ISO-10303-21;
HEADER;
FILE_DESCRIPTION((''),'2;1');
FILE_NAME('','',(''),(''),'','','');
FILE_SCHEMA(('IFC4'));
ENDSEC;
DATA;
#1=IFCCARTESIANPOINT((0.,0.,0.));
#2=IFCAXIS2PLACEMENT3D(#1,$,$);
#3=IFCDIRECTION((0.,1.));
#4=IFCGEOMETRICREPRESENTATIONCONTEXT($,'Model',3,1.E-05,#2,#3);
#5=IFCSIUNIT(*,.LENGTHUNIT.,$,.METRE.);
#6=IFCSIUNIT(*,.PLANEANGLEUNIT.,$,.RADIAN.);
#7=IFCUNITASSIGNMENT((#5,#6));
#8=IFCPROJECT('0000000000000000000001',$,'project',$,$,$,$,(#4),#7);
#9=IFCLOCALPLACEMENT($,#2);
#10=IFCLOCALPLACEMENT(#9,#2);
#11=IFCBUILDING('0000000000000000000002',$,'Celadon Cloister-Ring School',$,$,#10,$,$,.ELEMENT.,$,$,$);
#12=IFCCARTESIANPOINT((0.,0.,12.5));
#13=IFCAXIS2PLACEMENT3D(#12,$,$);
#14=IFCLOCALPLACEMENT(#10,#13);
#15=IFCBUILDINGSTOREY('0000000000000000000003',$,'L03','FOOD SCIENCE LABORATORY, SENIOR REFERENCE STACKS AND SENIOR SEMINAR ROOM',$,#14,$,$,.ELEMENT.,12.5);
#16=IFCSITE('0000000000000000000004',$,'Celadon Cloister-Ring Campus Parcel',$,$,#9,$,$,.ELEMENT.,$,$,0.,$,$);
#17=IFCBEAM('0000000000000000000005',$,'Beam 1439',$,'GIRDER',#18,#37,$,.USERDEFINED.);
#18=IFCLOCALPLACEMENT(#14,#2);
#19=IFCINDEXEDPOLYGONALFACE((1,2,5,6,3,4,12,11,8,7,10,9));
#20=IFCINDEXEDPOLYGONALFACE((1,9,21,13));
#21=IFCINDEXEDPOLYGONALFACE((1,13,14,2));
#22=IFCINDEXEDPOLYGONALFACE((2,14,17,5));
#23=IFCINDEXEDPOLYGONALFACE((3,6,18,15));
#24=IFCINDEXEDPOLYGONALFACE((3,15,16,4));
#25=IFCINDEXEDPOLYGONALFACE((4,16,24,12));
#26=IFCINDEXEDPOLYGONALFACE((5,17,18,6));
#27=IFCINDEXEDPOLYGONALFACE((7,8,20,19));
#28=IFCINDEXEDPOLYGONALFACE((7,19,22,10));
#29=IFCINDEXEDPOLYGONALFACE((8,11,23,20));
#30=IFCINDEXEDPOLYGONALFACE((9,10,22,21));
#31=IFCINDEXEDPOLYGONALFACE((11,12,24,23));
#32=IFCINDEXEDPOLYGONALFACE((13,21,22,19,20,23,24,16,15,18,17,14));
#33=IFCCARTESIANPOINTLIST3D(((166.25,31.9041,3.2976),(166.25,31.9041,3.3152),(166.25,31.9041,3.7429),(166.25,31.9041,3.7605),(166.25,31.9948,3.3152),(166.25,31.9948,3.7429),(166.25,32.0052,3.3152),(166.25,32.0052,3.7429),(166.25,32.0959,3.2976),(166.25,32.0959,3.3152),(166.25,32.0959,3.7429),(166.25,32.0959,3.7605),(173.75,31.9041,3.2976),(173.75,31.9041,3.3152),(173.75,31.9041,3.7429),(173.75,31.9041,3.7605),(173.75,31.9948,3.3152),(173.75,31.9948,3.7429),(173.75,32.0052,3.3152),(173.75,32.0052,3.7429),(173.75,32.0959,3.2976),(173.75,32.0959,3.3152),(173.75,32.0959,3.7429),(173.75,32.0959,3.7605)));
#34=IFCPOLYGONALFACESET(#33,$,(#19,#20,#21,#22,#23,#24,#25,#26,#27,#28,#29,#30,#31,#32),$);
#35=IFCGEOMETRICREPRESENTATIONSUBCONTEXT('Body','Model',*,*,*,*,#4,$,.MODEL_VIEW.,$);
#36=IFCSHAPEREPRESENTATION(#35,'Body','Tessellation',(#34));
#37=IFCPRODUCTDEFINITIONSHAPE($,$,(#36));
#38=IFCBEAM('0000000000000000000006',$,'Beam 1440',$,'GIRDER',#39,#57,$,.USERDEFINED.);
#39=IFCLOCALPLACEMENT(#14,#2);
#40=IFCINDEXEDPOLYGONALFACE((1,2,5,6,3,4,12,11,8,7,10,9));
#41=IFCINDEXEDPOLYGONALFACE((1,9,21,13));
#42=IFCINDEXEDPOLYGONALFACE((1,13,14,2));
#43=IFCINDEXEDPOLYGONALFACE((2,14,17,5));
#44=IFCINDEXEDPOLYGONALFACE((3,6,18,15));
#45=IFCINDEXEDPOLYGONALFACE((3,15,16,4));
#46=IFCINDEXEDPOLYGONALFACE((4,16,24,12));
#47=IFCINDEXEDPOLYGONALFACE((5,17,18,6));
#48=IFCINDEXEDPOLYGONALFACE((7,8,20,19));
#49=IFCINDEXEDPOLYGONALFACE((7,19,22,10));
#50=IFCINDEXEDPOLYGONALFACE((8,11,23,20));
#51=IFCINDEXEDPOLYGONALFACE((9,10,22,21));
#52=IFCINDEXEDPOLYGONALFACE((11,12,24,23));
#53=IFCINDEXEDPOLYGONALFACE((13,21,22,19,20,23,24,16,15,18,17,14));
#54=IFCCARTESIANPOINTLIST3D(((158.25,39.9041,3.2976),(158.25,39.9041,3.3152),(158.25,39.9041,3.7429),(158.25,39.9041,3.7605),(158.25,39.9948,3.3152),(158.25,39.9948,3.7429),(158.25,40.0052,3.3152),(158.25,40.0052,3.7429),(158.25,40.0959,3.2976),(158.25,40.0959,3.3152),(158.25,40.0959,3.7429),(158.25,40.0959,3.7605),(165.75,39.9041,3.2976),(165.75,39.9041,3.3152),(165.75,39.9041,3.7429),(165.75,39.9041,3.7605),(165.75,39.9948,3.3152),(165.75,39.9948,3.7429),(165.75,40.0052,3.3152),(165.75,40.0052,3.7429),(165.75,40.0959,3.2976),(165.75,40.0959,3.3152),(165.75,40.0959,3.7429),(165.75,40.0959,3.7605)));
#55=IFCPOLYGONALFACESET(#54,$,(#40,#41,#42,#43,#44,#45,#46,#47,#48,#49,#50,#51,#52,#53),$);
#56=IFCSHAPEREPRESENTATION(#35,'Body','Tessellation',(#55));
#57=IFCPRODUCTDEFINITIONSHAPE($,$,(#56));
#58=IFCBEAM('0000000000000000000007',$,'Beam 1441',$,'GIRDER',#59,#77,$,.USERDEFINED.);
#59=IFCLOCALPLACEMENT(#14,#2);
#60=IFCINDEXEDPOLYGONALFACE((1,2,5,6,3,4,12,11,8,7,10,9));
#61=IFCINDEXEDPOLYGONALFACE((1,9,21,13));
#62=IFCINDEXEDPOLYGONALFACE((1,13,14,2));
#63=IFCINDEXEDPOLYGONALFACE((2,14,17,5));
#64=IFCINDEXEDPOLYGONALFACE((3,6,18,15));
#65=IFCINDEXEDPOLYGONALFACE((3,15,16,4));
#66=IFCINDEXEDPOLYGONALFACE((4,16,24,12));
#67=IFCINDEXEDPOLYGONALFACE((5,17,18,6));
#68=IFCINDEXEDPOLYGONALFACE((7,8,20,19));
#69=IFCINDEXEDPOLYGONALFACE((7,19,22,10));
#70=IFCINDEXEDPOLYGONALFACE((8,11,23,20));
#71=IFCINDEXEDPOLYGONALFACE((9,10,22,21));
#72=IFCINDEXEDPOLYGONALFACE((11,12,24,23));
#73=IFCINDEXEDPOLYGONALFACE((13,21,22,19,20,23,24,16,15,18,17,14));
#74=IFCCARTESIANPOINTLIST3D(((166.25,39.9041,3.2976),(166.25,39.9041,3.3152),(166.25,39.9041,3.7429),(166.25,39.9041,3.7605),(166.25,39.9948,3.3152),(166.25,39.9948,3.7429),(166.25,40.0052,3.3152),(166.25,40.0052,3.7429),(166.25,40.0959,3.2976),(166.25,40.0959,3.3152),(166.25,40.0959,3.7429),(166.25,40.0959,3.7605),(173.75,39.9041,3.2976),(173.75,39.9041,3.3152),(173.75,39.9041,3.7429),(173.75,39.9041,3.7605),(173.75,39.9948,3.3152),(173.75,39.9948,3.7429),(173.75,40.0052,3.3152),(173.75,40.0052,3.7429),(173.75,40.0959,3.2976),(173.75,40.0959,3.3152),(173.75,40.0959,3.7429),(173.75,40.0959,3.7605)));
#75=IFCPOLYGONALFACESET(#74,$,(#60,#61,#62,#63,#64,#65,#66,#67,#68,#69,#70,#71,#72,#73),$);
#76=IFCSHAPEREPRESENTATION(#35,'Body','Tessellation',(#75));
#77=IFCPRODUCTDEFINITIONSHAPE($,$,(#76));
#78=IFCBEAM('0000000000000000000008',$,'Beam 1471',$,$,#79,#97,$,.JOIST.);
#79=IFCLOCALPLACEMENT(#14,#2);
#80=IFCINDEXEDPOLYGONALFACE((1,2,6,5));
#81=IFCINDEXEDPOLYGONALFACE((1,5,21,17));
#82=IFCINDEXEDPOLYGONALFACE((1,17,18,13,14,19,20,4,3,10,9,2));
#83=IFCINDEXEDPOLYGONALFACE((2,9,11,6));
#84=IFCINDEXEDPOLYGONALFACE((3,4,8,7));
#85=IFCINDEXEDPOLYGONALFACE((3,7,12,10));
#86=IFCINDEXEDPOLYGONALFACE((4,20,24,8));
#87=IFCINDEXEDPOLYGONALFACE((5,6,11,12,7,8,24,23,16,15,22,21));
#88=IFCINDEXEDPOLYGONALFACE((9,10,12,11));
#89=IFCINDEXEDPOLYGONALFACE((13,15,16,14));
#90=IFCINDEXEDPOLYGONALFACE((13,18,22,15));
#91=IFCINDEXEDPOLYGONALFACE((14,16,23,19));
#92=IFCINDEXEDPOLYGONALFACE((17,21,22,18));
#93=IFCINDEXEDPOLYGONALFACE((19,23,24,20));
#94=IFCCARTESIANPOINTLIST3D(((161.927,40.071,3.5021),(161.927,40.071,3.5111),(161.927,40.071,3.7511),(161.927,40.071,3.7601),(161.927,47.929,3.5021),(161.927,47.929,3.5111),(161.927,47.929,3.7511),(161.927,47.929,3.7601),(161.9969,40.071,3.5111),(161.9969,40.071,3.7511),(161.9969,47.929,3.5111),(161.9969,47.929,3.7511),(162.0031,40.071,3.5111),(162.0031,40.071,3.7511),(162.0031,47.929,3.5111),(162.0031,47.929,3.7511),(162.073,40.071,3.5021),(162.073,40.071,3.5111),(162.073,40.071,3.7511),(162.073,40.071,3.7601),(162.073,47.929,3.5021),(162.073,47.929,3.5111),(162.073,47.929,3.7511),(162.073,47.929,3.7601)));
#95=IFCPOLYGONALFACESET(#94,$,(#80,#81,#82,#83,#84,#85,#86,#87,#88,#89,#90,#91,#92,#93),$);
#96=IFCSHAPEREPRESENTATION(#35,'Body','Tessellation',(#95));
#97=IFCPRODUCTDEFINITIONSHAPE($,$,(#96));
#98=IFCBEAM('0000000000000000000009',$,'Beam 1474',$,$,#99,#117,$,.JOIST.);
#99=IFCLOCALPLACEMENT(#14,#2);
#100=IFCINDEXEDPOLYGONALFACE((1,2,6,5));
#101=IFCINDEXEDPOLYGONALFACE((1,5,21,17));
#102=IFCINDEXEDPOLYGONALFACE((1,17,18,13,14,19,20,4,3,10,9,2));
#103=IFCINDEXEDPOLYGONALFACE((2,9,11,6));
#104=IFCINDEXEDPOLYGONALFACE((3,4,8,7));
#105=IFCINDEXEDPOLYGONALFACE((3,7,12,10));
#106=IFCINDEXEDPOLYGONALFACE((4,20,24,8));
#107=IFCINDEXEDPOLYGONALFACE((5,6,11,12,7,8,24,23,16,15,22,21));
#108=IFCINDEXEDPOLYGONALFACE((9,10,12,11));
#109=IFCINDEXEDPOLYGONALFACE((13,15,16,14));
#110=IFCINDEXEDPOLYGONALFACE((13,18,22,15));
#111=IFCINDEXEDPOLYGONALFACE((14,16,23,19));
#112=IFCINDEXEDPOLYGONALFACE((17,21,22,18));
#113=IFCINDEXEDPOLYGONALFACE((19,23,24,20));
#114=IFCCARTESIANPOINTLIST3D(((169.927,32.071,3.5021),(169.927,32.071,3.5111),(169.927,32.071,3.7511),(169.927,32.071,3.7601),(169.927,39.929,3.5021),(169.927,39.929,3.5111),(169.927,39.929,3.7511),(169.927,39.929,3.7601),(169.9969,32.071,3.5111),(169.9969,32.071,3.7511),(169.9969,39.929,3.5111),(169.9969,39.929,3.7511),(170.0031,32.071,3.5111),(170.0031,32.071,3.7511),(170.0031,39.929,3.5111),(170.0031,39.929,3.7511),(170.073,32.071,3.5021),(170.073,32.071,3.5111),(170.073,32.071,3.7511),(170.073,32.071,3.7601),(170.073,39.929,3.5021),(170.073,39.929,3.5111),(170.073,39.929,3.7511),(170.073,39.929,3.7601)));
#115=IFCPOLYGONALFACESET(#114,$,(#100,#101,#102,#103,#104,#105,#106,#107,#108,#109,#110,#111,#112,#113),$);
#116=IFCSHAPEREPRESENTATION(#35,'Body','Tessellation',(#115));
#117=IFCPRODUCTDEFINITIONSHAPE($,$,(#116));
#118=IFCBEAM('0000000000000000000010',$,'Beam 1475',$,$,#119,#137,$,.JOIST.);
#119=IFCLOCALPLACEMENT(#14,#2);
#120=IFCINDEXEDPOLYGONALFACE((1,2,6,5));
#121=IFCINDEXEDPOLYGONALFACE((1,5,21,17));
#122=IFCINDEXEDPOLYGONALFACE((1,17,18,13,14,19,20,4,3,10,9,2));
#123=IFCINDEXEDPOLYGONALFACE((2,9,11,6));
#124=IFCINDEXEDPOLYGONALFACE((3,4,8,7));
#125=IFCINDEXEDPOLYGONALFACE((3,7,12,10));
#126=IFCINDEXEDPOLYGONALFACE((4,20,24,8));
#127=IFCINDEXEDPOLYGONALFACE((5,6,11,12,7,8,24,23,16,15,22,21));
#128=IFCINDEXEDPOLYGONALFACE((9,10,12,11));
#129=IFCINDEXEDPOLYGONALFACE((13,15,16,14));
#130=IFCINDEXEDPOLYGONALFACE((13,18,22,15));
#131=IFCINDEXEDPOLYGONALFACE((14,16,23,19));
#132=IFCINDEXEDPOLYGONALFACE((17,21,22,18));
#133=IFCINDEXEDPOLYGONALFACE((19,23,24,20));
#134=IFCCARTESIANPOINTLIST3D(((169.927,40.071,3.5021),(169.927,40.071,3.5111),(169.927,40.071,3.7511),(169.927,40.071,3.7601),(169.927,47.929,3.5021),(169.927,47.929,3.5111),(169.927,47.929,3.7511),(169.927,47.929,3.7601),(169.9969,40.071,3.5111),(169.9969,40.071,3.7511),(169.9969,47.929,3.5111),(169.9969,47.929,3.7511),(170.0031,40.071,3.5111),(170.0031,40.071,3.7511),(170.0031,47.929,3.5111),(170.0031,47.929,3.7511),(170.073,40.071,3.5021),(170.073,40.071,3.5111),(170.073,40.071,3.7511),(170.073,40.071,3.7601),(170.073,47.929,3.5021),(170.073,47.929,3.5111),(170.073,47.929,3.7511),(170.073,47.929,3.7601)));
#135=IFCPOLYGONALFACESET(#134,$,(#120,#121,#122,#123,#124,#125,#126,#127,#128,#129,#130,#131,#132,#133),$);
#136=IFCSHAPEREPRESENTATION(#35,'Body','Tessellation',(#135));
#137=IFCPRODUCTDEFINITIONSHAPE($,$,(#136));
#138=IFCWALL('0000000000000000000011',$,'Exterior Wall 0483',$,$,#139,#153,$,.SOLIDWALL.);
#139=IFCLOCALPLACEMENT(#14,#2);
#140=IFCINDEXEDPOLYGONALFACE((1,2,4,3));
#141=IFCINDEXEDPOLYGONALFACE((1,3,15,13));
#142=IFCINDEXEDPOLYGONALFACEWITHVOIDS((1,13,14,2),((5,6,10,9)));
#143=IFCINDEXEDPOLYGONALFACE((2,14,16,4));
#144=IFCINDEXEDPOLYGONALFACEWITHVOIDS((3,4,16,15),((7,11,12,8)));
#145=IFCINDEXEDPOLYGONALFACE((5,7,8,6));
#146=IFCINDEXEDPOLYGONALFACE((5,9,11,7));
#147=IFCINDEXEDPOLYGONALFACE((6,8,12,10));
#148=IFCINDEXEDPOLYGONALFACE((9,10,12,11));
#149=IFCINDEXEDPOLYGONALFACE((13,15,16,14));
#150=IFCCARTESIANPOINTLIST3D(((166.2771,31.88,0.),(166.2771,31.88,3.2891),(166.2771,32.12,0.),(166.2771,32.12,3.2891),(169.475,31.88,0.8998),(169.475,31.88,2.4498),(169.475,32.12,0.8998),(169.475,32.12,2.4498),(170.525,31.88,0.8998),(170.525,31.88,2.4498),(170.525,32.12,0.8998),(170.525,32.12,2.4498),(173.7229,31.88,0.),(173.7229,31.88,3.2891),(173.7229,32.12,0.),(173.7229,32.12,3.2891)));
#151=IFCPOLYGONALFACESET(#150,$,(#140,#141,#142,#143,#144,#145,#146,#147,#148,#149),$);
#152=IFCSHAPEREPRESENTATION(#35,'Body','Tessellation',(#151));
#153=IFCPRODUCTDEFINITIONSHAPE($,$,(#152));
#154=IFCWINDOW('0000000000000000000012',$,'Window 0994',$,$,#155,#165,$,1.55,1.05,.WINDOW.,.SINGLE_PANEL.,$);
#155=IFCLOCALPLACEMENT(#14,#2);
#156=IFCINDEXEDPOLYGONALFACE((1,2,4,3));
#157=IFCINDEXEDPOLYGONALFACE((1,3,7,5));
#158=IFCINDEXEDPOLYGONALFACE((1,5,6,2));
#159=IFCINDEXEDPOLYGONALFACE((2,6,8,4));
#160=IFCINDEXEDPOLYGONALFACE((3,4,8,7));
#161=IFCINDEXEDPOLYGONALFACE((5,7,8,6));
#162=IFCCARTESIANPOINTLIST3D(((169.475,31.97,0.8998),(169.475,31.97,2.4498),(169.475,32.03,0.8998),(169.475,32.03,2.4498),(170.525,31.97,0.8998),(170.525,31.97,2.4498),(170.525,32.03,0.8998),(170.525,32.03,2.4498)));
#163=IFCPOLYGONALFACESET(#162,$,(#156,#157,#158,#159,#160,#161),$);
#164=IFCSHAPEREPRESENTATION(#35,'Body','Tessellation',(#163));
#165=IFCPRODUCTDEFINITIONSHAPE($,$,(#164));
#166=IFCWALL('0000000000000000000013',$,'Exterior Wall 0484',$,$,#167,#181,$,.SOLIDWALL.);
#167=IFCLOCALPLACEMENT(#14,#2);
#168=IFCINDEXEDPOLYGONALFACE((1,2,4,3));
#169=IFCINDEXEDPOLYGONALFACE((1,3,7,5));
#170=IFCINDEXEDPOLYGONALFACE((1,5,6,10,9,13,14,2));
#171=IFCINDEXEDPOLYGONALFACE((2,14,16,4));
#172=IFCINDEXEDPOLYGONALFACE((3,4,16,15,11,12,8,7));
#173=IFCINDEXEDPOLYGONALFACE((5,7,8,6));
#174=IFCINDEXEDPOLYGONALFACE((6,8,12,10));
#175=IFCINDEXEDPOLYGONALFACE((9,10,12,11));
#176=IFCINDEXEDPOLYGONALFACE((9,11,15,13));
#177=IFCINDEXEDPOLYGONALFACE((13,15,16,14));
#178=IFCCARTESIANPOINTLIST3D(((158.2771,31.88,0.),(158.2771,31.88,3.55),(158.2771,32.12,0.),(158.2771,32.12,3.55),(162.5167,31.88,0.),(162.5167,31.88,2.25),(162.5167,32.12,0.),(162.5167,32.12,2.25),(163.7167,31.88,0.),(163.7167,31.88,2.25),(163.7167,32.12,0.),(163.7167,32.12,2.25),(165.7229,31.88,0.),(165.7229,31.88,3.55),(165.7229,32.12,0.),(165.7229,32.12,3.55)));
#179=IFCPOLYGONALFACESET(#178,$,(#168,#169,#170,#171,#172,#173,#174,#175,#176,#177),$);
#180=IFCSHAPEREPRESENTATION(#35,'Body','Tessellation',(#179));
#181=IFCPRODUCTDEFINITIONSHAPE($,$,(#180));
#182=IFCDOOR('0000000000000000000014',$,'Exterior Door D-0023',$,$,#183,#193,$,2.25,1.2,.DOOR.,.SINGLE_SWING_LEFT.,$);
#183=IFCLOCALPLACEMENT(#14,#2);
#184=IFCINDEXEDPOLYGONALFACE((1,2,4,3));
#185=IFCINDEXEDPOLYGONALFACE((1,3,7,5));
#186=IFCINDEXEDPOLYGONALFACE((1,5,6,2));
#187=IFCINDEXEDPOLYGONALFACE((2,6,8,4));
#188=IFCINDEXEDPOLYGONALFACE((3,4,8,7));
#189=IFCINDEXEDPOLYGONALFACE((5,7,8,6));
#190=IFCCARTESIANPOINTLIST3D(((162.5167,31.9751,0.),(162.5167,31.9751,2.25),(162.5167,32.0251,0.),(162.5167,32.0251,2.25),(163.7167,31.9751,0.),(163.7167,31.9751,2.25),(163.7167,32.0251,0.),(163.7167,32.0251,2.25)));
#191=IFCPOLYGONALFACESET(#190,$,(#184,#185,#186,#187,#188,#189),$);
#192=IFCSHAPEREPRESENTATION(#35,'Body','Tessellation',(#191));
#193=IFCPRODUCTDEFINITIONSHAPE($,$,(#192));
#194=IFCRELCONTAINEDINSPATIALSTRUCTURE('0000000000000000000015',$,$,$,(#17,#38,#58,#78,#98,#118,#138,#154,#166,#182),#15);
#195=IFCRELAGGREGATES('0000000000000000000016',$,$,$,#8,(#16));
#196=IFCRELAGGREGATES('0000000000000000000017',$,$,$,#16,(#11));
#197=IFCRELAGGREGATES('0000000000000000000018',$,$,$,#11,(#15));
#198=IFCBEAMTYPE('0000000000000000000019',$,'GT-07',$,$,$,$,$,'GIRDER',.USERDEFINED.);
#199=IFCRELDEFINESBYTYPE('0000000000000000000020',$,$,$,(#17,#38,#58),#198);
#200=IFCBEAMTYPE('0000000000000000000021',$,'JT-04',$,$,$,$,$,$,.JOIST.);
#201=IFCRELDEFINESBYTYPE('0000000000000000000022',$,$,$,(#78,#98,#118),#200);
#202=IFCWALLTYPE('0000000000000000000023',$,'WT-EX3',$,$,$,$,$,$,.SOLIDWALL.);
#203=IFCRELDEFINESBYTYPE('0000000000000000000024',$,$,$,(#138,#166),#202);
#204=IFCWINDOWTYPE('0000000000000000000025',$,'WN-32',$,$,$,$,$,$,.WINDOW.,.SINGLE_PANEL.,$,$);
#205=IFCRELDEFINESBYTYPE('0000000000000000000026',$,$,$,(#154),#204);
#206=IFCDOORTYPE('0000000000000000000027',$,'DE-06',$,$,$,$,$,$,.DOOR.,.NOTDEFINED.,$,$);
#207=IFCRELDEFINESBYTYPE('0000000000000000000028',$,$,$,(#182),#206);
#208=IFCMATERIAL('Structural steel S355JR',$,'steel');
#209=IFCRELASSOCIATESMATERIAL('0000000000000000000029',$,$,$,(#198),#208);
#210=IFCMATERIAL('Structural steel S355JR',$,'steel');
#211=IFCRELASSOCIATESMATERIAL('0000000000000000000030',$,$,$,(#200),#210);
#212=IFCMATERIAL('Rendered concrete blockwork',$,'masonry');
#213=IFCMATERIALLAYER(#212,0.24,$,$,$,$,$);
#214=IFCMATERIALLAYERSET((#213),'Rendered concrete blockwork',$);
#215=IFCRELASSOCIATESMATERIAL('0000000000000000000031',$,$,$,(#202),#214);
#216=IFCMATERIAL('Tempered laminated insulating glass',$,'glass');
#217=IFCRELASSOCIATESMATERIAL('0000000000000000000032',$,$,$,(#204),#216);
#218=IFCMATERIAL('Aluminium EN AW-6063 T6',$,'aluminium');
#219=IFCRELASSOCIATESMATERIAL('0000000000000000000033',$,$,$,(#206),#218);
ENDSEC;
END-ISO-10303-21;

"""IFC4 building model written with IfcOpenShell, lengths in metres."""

from ifc_helpers import new_model, si_unit, direction, frame, frame_2d, origin, origin_2d, place, context, subcontext, project, spatial, rectangle, i_section, extrude, material, layer, layer_set, material_profile, profile_set, type_object, element, fill, save


model = new_model("IFC4")

# Units and contexts
model_context = context("Model", 3, precision=1e-05, world=origin(), true_north=direction((0.0, 1.0)))
body_context = subcontext(model_context, "Body", "Model", "MODEL_VIEW")
ifc_project = project(units=[si_unit("LENGTHUNIT", "METRE"), si_unit("PLANEANGLEUNIT", "RADIAN")], contexts=[model_context])

# Site, building, storey
site_placement = place(None, origin())
site = spatial("IfcSite", under=ifc_project, at=site_placement, Name="Celadon Cloister-Ring Campus Parcel", CompositionType="ELEMENT", RefElevation=0.0)
building_placement = place(site_placement, origin())
building = spatial("IfcBuilding", under=site, at=building_placement, Name="Celadon Cloister-Ring School", CompositionType="ELEMENT")
storey_placement = place(building_placement, frame((0.0, 0.0, 12.5)))
storey = spatial("IfcBuildingStorey", under=building, at=storey_placement, Name="L03", Description="FOOD SCIENCE LABORATORY, SENIOR REFERENCE STACKS AND SENIOR SEMINAR ROOM", CompositionType="ELEMENT", Elevation=12.5)

# Beams
ifc_material_1 = material(Name="Structural steel S355JR", Category="steel")
ifc_material_profile_1 = material_profile(ifc_material_1, i_section(OverallWidth=0.1919, OverallDepth=0.4629, WebThickness=0.0105, FlangeThickness=0.0176, at=origin_2d()), Name="W460X89")
ifc_profile_set_1 = profile_set([ifc_material_profile_1], Name="Structural steel S355JR")
beam_type_1 = type_object("IfcBeamType", Name="GT-07", ElementType="GIRDER", PredefinedType="USERDEFINED", material=ifc_profile_set_1)
for number, where, z_axis, x_axis, name in (
    (1, (166.25, 32.0, 3.5291), (1.0, 0.0, 0.0), (0.0, 1.0, 0.0), "Beam 1439"),
    (2, (158.25, 40.0, 3.5291), (1.0, 0.0, 0.0), (0.0, 1.0, 0.0), "Beam 1440"),
    (3, (166.25, 40.0, 3.5291), (1.0, 0.0, 0.0), (0.0, 1.0, 0.0), "Beam 1441"),
):
    element("IfcBeam", number, at=place(storey_placement, frame(where, z_axis=z_axis, x_axis=x_axis)), inside=storey, type_object=beam_type_1, Name=name, ObjectType="GIRDER", PredefinedType="USERDEFINED", context=body_context, shape_type="SweptSolid", body=[
        extrude(i_section(OverallWidth=0.1919, OverallDepth=0.4629, WebThickness=0.0105, FlangeThickness=0.0176, at=origin_2d()), origin(), (0.0, 0.0, 1.0), 7.5),
    ])
ifc_material_2 = material(Name="Structural steel S355JR", Category="steel")
ifc_material_profile_2 = material_profile(ifc_material_2, i_section(OverallWidth=0.146, OverallDepth=0.2581, WebThickness=0.0061, FlangeThickness=0.009, at=origin_2d()), Name="W250X33")
ifc_profile_set_2 = profile_set([ifc_material_profile_2], Name="Structural steel S355JR")
beam_type_2 = type_object("IfcBeamType", Name="JT-04", PredefinedType="JOIST", material=ifc_profile_set_2)
for number, where, z_axis, x_axis, name in (
    (4, (162.0, 40.071, 3.6311), (0.0, 1.0, 0.0), (-1.0, 0.0, 0.0), "Beam 1471"),
    (5, (170.0, 32.071, 3.6311), (0.0, 1.0, 0.0), (-1.0, 0.0, 0.0), "Beam 1474"),
    (6, (170.0, 40.071, 3.6311), (0.0, 1.0, 0.0), (-1.0, 0.0, 0.0), "Beam 1475"),
):
    element("IfcBeam", number, at=place(storey_placement, frame(where, z_axis=z_axis, x_axis=x_axis)), inside=storey, type_object=beam_type_2, Name=name, PredefinedType="JOIST", context=body_context, shape_type="SweptSolid", body=[
        extrude(i_section(OverallWidth=0.146, OverallDepth=0.2581, WebThickness=0.0061, FlangeThickness=0.009, at=origin_2d()), origin(), (0.0, 0.0, 1.0), 7.8579),
    ])

# Wall, opening, window
ifc_material_3 = material(Name="Rendered concrete blockwork", Category="masonry")
ifc_layer_1 = layer(ifc_material_3, 0.24)
ifc_layer_set_1 = layer_set([ifc_layer_1], Name="Rendered concrete blockwork")
wall_type_1 = type_object("IfcWallType", Name="WT-EX3", PredefinedType="SOLIDWALL", material=ifc_layer_set_1)
wall_1_placement = place(storey_placement, frame((173.7229, 32.0, 0.0), z_axis=(0.0, 0.0, 1.0), x_axis=(-1.0, 0.0, 0.0)))
wall_1 = element("IfcWall", 7, at=wall_1_placement, inside=storey, type_object=wall_type_1, Name="Exterior Wall 0483", PredefinedType="SOLIDWALL", context=body_context, shape_type="SweptSolid", body=[
    extrude(rectangle(XDim=7.4458, YDim=0.24, at=frame_2d((3.7229, 0.0))), origin(), (0.0, 0.0, 1.0), 3.2891),
])
opening_1_placement = place(wall_1_placement, frame((3.198, 0.0, 0.8999)))
opening_1 = element("IfcOpeningElement", 8, at=opening_1_placement, cuts=wall_1, PredefinedType="OPENING", context=body_context, shape_type="SweptSolid", body=[
    extrude(rectangle(XDim=1.05, YDim=1.55, at=frame_2d((0.5249, 0.7749))), frame((0.0, 0.1299, 0.0), z_axis=(0.0, -1.0, 0.0), x_axis=(1.0, 0.0, 0.0)), (0.0, 0.0, 1.0), 0.26),
])
ifc_material_4 = material(Name="Tempered laminated insulating glass", Category="glass")
window_type = type_object("IfcWindowType", Name="WN-32", PartitioningType="SINGLE_PANEL", PredefinedType="WINDOW", material=ifc_material_4)
window_placement = place(opening_1_placement, origin())
window = element("IfcWindow", 9, at=window_placement, inside=storey, type_object=window_type, Name="Window 0994", OverallHeight=1.55, OverallWidth=1.05, PartitioningType="SINGLE_PANEL", PredefinedType="WINDOW", context=body_context, shape_type="SweptSolid", body=[
    extrude(rectangle(XDim=1.05, YDim=1.55, at=frame_2d((0.5249, 0.7749))), frame((0.0, 0.03, 0.0), z_axis=(0.0, -1.0, 0.0), x_axis=(1.0, 0.0, 0.0)), (0.0, 0.0, 1.0), 0.0601),
])
fill(opening_1, window)

# Wall, opening, door
wall_2_placement = place(storey_placement, frame((165.7229, 32.0, 0.0), z_axis=(0.0, 0.0, 1.0), x_axis=(-1.0, 0.0, 0.0)))
wall_2 = element("IfcWall", 10, at=wall_2_placement, inside=storey, type_object=wall_type_1, Name="Exterior Wall 0484", PredefinedType="SOLIDWALL", context=body_context, shape_type="SweptSolid", body=[
    extrude(rectangle(XDim=7.4458, YDim=0.24, at=frame_2d((3.7229, 0.0))), origin(), (0.0, 0.0, 1.0), 3.55),
])
opening_2_placement = place(wall_2_placement, frame((2.0061, 0.0, 0.0)))
opening_2 = element("IfcOpeningElement", 11, at=opening_2_placement, cuts=wall_2, PredefinedType="OPENING", context=body_context, shape_type="SweptSolid", body=[
    extrude(rectangle(XDim=1.2, YDim=2.25, at=frame_2d((0.6001, 1.125))), frame((0.0, 0.1299, 0.0), z_axis=(0.0, -1.0, 0.0), x_axis=(1.0, 0.0, 0.0)), (0.0, 0.0, 1.0), 0.26),
])
ifc_material_5 = material(Name="Aluminium EN AW-6063 T6", Category="aluminium")
door_type_1 = type_object("IfcDoorType", Name="DE-06", OperationType="NOTDEFINED", PredefinedType="DOOR", material=ifc_material_5)
door_1_placement = place(opening_2_placement, origin())
door_1 = element("IfcDoor", 12, at=door_1_placement, inside=storey, type_object=door_type_1, Name="Exterior Door D-0023", OperationType="SINGLE_SWING_LEFT", OverallHeight=2.25, OverallWidth=1.2, PredefinedType="DOOR", context=body_context, shape_type="SweptSolid", body=[
    extrude(rectangle(XDim=1.2, YDim=2.25, at=frame_2d((0.6001, 1.125))), frame((0.0, 0.0249, 0.0), z_axis=(0.0, -1.0, 0.0), x_axis=(1.0, 0.0, 0.0)), (0.0, 0.0, 1.0), 0.05),
])
fill(opening_2, door_1)

save(model, "model.ifc")
